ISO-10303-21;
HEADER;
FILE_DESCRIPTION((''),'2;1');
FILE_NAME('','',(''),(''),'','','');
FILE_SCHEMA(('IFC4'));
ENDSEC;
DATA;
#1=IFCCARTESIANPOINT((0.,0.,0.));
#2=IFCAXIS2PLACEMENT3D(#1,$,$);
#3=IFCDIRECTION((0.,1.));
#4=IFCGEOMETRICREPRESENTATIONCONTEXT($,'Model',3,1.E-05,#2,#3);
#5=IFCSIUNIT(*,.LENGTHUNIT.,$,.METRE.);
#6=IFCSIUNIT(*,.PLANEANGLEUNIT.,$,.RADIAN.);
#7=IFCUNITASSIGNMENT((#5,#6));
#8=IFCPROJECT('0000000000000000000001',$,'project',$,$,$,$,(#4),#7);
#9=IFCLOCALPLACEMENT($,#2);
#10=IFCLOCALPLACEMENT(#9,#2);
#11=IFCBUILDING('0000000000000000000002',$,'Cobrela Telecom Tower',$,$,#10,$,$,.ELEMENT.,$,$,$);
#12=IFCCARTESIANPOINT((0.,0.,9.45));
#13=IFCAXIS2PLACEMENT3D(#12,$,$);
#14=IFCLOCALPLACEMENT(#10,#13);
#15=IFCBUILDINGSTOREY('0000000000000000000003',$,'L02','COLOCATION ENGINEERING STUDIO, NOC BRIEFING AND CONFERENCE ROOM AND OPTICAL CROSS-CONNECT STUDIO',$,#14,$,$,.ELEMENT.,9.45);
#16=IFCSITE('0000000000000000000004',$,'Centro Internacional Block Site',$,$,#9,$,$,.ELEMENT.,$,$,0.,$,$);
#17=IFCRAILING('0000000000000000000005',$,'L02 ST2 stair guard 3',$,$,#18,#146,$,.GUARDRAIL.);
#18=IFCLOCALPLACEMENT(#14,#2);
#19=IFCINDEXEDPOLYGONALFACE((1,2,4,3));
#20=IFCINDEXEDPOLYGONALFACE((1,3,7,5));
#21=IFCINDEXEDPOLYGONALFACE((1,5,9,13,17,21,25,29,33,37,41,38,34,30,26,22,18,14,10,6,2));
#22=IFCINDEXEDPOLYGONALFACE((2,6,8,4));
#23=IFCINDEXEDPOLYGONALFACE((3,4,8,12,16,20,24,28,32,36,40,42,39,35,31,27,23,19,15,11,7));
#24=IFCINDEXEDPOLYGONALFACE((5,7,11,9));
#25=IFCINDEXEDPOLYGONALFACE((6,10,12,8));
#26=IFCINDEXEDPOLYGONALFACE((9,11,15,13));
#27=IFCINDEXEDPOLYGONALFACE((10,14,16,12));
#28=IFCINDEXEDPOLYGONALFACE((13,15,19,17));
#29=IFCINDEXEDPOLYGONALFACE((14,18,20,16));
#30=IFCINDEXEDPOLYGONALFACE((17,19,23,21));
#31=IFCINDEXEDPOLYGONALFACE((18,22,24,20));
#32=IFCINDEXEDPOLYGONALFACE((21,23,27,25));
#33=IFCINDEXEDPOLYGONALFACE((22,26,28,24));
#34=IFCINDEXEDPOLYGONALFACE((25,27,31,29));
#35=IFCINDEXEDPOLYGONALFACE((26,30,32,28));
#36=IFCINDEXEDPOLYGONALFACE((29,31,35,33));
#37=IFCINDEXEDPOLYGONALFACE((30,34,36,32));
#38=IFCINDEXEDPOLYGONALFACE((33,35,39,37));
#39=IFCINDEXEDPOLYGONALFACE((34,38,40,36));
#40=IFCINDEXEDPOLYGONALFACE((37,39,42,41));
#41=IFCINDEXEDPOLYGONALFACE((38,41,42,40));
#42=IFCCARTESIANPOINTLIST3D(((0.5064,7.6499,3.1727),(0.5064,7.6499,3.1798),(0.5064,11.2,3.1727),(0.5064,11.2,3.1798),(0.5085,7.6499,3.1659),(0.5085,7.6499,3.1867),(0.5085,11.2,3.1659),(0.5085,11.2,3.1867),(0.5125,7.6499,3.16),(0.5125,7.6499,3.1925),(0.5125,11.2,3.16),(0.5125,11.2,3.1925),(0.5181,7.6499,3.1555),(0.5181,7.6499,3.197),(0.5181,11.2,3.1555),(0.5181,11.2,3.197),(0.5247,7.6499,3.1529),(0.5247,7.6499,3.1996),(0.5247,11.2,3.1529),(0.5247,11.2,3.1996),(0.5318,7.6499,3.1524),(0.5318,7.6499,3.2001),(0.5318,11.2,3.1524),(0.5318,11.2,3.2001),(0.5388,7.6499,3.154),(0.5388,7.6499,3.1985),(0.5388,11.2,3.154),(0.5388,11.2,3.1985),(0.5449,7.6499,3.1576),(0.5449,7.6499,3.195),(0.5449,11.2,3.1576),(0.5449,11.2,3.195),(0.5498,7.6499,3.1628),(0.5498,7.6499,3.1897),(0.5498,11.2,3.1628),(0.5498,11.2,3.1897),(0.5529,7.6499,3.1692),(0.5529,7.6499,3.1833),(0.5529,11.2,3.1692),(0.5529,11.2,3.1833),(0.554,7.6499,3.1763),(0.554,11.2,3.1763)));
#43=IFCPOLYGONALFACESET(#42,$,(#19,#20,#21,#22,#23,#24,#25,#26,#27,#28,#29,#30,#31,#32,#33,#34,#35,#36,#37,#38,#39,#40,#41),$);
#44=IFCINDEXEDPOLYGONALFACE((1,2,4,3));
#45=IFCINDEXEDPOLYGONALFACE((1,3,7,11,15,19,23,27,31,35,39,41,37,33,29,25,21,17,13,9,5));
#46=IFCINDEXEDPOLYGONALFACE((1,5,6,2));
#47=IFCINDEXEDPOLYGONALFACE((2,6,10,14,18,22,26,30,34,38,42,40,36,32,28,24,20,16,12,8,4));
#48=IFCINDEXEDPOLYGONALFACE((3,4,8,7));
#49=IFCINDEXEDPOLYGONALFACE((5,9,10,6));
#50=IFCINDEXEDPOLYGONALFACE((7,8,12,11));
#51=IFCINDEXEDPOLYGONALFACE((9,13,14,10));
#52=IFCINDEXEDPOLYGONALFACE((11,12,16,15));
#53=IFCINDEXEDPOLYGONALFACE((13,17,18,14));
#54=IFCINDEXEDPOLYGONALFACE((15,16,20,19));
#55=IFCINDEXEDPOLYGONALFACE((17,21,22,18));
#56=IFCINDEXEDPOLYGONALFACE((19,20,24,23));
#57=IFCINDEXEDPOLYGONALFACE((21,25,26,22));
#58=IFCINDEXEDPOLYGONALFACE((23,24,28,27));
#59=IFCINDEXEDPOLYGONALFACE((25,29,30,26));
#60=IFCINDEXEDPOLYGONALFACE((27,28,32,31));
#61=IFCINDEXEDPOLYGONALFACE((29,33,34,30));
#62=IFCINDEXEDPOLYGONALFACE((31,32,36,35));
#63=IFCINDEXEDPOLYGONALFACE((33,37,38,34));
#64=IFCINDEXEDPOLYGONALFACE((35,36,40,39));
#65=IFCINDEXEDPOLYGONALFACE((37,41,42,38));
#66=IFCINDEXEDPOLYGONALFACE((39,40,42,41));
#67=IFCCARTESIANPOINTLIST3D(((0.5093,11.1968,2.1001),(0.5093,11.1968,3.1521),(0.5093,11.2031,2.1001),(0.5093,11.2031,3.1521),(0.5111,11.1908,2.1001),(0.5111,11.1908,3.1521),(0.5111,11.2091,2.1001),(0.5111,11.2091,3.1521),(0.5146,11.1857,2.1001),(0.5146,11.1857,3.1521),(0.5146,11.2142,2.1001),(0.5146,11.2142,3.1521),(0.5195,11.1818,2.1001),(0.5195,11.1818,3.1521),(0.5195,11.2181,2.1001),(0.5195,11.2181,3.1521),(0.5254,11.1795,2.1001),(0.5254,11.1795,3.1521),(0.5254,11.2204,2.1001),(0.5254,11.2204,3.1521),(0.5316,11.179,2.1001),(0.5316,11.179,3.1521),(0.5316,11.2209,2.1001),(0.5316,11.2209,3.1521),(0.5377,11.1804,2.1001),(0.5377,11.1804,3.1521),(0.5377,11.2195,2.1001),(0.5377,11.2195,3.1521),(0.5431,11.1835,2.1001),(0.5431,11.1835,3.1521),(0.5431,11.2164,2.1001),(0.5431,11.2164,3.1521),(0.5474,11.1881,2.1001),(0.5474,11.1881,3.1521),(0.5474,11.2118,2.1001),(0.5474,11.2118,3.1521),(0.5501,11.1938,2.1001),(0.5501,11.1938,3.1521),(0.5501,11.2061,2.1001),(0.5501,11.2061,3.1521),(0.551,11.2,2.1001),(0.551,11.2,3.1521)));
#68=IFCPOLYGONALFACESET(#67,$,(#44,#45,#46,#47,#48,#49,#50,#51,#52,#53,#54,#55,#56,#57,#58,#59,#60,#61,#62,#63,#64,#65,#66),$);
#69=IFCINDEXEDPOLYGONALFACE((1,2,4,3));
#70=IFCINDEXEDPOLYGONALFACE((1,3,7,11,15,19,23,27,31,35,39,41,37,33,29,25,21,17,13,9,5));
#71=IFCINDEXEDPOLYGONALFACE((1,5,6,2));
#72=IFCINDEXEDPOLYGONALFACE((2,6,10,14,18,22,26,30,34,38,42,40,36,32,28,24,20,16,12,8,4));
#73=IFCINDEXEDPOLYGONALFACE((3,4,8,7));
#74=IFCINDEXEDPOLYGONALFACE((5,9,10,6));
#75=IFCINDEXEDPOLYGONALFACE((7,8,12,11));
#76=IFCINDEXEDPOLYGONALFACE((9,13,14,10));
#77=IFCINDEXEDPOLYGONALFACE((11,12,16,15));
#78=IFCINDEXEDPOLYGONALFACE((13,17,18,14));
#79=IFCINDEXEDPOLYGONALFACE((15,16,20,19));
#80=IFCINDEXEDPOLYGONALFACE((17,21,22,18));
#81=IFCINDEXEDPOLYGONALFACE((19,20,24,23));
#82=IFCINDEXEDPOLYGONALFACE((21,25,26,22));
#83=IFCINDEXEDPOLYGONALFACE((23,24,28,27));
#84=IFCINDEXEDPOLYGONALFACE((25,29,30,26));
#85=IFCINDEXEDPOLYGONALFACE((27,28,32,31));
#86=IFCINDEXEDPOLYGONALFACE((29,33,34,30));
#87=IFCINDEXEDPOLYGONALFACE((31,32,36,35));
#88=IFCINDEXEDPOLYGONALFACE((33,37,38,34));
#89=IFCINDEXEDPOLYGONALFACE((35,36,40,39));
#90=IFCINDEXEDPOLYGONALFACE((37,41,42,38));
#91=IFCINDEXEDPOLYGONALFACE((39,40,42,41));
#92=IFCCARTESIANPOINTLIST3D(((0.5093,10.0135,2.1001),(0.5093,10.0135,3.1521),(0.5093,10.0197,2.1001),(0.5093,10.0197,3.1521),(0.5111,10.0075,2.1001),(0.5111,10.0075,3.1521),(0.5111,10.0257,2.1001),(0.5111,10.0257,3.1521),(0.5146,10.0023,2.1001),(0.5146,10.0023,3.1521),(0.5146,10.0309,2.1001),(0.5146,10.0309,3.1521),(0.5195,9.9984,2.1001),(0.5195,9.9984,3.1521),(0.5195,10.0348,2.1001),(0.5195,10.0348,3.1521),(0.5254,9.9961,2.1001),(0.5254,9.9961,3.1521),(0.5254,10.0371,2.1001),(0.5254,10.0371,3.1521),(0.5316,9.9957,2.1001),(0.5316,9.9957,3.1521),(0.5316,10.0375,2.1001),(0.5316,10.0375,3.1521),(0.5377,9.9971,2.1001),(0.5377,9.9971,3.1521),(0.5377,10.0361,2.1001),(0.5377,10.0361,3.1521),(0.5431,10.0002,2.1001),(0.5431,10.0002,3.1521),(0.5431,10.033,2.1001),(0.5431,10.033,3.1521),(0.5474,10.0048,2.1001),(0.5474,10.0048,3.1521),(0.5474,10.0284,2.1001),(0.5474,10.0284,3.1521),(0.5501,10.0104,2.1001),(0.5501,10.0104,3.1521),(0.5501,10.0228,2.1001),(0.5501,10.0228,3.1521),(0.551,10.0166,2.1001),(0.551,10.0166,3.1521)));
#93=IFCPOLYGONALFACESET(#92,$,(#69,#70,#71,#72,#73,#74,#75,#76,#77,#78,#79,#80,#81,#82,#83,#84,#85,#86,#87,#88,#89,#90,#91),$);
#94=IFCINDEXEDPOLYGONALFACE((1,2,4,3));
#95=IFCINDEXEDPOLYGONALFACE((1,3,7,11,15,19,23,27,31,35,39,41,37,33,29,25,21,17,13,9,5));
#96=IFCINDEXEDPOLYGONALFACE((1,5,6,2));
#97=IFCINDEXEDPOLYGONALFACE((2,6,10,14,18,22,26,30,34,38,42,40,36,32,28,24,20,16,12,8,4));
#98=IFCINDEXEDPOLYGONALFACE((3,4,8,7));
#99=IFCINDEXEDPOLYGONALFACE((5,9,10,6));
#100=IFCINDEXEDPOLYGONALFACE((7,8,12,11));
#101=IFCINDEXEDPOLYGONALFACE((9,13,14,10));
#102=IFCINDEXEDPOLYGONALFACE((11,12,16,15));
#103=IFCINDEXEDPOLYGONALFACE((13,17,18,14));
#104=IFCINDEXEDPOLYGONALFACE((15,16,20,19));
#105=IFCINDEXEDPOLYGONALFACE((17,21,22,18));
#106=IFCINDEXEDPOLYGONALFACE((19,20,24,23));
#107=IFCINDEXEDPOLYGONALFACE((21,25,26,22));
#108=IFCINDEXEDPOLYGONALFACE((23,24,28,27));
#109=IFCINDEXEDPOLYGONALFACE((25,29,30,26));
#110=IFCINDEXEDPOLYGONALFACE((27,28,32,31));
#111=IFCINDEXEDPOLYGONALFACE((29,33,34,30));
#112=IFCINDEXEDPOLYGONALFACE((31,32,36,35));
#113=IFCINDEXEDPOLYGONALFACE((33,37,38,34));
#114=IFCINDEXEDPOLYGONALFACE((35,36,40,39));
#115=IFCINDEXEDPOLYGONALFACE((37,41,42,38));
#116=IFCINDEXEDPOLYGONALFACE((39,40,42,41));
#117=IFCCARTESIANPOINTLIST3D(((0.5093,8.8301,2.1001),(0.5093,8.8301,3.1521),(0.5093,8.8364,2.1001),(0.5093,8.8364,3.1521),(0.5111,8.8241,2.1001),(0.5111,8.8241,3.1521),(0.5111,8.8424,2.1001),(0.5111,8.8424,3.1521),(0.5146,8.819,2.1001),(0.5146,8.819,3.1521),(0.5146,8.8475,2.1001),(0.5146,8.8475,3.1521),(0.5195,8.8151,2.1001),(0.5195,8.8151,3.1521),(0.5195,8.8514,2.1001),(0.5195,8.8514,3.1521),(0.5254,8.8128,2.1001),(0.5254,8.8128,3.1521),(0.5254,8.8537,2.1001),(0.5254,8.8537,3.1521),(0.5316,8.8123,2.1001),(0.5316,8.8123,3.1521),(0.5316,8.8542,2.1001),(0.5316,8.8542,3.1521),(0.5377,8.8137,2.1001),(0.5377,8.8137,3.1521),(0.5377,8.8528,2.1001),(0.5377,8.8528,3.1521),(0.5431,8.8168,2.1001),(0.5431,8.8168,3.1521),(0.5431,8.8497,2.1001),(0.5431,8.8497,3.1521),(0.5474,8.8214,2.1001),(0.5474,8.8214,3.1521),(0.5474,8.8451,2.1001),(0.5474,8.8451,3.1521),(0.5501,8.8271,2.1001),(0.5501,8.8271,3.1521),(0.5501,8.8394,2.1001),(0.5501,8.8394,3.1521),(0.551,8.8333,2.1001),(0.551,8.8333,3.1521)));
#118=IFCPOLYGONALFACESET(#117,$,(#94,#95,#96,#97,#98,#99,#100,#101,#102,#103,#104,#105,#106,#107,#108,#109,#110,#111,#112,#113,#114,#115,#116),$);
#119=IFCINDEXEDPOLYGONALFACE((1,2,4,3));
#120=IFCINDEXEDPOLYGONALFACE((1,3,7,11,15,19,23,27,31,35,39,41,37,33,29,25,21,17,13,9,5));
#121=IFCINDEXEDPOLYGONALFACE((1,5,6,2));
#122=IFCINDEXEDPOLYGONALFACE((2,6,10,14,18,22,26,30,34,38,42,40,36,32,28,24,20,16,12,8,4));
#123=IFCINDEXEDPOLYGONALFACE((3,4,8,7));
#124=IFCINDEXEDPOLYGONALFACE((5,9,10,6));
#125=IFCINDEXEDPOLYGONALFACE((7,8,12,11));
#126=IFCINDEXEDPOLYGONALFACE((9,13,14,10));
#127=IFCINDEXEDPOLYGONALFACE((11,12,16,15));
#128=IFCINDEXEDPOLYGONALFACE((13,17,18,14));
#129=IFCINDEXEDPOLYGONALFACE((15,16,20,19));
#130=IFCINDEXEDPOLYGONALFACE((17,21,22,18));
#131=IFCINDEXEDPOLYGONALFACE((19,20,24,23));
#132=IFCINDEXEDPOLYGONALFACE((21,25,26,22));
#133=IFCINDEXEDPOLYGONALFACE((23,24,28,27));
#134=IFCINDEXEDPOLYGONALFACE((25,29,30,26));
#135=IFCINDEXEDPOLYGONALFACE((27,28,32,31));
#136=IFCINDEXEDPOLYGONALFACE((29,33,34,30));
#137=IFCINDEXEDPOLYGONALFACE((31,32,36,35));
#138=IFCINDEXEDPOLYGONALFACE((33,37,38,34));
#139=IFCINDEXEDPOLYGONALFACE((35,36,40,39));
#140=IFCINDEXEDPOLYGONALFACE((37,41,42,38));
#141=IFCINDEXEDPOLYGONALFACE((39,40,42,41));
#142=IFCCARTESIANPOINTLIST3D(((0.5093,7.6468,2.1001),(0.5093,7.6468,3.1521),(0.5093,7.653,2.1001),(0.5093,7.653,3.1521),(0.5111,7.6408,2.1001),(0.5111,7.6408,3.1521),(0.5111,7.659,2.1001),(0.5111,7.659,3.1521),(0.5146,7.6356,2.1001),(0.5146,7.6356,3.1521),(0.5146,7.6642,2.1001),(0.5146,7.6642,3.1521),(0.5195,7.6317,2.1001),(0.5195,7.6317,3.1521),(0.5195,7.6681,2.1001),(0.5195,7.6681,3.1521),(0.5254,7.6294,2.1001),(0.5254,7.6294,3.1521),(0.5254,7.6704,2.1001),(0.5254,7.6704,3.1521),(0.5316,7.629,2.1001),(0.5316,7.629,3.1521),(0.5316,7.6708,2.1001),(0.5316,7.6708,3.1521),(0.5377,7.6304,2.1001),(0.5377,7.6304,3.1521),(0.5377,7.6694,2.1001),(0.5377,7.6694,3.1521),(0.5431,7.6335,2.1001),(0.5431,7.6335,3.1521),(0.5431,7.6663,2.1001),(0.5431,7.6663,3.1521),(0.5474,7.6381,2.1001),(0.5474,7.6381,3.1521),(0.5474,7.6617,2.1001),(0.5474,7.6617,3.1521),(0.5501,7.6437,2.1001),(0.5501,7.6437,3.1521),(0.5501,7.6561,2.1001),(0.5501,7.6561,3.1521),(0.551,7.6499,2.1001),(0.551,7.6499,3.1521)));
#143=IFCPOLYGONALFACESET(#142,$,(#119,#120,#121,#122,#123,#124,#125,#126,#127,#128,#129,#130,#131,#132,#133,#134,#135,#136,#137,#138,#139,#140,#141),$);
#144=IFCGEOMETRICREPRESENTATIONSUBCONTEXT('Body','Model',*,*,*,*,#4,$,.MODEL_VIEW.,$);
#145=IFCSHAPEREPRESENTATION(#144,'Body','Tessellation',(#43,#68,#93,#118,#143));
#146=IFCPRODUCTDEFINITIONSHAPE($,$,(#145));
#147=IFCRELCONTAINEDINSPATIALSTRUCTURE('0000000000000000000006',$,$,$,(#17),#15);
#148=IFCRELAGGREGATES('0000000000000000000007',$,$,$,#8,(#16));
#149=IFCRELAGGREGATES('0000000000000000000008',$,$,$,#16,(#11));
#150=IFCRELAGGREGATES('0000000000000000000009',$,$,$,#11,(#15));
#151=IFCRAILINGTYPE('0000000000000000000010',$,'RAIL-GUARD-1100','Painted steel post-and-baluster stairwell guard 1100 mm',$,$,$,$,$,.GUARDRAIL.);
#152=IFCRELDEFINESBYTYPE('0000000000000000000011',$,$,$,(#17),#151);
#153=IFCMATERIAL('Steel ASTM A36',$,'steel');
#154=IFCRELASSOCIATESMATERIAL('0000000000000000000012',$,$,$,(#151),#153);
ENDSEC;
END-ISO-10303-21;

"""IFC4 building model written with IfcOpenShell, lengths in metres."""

from ifc_helpers import new_model, si_unit, direction, frame, origin, origin_2d, place, context, subcontext, project, spatial, circle, extrude, material, type_object, element, save


model = new_model("IFC4")

# Units and contexts
model_context = context("Model", 3, precision=1e-05, world=origin(), true_north=direction((0.0, 1.0)))
body_context = subcontext(model_context, "Body", "Model", "MODEL_VIEW")
ifc_project = project(units=[si_unit("LENGTHUNIT", "METRE"), si_unit("PLANEANGLEUNIT", "RADIAN")], contexts=[model_context])

# Site, building, storey
site_placement = place(None, origin())
site = spatial("IfcSite", under=ifc_project, at=site_placement, Name="Centro Internacional Block Site", CompositionType="ELEMENT", RefElevation=0.0)
building_placement = place(site_placement, origin())
building = spatial("IfcBuilding", under=site, at=building_placement, Name="Cobrela Telecom Tower", CompositionType="ELEMENT")
storey_placement = place(building_placement, frame((0.0, 0.0, 9.45)))
storey = spatial("IfcBuildingStorey", under=building, at=storey_placement, Name="L02", Description="COLOCATION ENGINEERING STUDIO, NOC BRIEFING AND CONFERENCE ROOM AND OPTICAL CROSS-CONNECT STUDIO", CompositionType="ELEMENT", Elevation=9.45)

# Railing
ifc_material_1 = material(Name="Steel ASTM A36", Category="steel")
railing_type = type_object("IfcRailingType", Name="RAIL-GUARD-1100", Description="Painted steel post-and-baluster stairwell guard 1100 mm", PredefinedType="GUARDRAIL", material=ifc_material_1)
railing_1_placement = place(storey_placement, frame((0.53, 11.2, 2.1001)))
element("IfcRailing", 1, at=railing_1_placement, inside=storey, type_object=railing_type, Name="L02 ST2 stair guard 3", PredefinedType="GUARDRAIL", context=body_context, shape_type="SweptSolid", body=[
    extrude(circle(Radius=0.0239, at=origin_2d()), frame((0.0, 0.0, 1.0762), z_axis=(0.0, -1.0, 0.0), x_axis=(1.0, 0.0, 0.0)), (0.0, 0.0, 1.0), 3.55),
    extrude(circle(Radius=0.021, at=origin_2d()), origin(), (0.0, 0.0, 1.0), 1.052),
    extrude(circle(Radius=0.021, at=origin_2d()), frame((0.0, -1.1833, 0.0)), (0.0, 0.0, 1.0), 1.052),
    extrude(circle(Radius=0.021, at=origin_2d()), frame((0.0, -2.3667, 0.0)), (0.0, 0.0, 1.0), 1.052),
    extrude(circle(Radius=0.021, at=origin_2d()), frame((0.0, -3.55, 0.0)), (0.0, 0.0, 1.0), 1.052),
])

save(model, "model.ifc")
